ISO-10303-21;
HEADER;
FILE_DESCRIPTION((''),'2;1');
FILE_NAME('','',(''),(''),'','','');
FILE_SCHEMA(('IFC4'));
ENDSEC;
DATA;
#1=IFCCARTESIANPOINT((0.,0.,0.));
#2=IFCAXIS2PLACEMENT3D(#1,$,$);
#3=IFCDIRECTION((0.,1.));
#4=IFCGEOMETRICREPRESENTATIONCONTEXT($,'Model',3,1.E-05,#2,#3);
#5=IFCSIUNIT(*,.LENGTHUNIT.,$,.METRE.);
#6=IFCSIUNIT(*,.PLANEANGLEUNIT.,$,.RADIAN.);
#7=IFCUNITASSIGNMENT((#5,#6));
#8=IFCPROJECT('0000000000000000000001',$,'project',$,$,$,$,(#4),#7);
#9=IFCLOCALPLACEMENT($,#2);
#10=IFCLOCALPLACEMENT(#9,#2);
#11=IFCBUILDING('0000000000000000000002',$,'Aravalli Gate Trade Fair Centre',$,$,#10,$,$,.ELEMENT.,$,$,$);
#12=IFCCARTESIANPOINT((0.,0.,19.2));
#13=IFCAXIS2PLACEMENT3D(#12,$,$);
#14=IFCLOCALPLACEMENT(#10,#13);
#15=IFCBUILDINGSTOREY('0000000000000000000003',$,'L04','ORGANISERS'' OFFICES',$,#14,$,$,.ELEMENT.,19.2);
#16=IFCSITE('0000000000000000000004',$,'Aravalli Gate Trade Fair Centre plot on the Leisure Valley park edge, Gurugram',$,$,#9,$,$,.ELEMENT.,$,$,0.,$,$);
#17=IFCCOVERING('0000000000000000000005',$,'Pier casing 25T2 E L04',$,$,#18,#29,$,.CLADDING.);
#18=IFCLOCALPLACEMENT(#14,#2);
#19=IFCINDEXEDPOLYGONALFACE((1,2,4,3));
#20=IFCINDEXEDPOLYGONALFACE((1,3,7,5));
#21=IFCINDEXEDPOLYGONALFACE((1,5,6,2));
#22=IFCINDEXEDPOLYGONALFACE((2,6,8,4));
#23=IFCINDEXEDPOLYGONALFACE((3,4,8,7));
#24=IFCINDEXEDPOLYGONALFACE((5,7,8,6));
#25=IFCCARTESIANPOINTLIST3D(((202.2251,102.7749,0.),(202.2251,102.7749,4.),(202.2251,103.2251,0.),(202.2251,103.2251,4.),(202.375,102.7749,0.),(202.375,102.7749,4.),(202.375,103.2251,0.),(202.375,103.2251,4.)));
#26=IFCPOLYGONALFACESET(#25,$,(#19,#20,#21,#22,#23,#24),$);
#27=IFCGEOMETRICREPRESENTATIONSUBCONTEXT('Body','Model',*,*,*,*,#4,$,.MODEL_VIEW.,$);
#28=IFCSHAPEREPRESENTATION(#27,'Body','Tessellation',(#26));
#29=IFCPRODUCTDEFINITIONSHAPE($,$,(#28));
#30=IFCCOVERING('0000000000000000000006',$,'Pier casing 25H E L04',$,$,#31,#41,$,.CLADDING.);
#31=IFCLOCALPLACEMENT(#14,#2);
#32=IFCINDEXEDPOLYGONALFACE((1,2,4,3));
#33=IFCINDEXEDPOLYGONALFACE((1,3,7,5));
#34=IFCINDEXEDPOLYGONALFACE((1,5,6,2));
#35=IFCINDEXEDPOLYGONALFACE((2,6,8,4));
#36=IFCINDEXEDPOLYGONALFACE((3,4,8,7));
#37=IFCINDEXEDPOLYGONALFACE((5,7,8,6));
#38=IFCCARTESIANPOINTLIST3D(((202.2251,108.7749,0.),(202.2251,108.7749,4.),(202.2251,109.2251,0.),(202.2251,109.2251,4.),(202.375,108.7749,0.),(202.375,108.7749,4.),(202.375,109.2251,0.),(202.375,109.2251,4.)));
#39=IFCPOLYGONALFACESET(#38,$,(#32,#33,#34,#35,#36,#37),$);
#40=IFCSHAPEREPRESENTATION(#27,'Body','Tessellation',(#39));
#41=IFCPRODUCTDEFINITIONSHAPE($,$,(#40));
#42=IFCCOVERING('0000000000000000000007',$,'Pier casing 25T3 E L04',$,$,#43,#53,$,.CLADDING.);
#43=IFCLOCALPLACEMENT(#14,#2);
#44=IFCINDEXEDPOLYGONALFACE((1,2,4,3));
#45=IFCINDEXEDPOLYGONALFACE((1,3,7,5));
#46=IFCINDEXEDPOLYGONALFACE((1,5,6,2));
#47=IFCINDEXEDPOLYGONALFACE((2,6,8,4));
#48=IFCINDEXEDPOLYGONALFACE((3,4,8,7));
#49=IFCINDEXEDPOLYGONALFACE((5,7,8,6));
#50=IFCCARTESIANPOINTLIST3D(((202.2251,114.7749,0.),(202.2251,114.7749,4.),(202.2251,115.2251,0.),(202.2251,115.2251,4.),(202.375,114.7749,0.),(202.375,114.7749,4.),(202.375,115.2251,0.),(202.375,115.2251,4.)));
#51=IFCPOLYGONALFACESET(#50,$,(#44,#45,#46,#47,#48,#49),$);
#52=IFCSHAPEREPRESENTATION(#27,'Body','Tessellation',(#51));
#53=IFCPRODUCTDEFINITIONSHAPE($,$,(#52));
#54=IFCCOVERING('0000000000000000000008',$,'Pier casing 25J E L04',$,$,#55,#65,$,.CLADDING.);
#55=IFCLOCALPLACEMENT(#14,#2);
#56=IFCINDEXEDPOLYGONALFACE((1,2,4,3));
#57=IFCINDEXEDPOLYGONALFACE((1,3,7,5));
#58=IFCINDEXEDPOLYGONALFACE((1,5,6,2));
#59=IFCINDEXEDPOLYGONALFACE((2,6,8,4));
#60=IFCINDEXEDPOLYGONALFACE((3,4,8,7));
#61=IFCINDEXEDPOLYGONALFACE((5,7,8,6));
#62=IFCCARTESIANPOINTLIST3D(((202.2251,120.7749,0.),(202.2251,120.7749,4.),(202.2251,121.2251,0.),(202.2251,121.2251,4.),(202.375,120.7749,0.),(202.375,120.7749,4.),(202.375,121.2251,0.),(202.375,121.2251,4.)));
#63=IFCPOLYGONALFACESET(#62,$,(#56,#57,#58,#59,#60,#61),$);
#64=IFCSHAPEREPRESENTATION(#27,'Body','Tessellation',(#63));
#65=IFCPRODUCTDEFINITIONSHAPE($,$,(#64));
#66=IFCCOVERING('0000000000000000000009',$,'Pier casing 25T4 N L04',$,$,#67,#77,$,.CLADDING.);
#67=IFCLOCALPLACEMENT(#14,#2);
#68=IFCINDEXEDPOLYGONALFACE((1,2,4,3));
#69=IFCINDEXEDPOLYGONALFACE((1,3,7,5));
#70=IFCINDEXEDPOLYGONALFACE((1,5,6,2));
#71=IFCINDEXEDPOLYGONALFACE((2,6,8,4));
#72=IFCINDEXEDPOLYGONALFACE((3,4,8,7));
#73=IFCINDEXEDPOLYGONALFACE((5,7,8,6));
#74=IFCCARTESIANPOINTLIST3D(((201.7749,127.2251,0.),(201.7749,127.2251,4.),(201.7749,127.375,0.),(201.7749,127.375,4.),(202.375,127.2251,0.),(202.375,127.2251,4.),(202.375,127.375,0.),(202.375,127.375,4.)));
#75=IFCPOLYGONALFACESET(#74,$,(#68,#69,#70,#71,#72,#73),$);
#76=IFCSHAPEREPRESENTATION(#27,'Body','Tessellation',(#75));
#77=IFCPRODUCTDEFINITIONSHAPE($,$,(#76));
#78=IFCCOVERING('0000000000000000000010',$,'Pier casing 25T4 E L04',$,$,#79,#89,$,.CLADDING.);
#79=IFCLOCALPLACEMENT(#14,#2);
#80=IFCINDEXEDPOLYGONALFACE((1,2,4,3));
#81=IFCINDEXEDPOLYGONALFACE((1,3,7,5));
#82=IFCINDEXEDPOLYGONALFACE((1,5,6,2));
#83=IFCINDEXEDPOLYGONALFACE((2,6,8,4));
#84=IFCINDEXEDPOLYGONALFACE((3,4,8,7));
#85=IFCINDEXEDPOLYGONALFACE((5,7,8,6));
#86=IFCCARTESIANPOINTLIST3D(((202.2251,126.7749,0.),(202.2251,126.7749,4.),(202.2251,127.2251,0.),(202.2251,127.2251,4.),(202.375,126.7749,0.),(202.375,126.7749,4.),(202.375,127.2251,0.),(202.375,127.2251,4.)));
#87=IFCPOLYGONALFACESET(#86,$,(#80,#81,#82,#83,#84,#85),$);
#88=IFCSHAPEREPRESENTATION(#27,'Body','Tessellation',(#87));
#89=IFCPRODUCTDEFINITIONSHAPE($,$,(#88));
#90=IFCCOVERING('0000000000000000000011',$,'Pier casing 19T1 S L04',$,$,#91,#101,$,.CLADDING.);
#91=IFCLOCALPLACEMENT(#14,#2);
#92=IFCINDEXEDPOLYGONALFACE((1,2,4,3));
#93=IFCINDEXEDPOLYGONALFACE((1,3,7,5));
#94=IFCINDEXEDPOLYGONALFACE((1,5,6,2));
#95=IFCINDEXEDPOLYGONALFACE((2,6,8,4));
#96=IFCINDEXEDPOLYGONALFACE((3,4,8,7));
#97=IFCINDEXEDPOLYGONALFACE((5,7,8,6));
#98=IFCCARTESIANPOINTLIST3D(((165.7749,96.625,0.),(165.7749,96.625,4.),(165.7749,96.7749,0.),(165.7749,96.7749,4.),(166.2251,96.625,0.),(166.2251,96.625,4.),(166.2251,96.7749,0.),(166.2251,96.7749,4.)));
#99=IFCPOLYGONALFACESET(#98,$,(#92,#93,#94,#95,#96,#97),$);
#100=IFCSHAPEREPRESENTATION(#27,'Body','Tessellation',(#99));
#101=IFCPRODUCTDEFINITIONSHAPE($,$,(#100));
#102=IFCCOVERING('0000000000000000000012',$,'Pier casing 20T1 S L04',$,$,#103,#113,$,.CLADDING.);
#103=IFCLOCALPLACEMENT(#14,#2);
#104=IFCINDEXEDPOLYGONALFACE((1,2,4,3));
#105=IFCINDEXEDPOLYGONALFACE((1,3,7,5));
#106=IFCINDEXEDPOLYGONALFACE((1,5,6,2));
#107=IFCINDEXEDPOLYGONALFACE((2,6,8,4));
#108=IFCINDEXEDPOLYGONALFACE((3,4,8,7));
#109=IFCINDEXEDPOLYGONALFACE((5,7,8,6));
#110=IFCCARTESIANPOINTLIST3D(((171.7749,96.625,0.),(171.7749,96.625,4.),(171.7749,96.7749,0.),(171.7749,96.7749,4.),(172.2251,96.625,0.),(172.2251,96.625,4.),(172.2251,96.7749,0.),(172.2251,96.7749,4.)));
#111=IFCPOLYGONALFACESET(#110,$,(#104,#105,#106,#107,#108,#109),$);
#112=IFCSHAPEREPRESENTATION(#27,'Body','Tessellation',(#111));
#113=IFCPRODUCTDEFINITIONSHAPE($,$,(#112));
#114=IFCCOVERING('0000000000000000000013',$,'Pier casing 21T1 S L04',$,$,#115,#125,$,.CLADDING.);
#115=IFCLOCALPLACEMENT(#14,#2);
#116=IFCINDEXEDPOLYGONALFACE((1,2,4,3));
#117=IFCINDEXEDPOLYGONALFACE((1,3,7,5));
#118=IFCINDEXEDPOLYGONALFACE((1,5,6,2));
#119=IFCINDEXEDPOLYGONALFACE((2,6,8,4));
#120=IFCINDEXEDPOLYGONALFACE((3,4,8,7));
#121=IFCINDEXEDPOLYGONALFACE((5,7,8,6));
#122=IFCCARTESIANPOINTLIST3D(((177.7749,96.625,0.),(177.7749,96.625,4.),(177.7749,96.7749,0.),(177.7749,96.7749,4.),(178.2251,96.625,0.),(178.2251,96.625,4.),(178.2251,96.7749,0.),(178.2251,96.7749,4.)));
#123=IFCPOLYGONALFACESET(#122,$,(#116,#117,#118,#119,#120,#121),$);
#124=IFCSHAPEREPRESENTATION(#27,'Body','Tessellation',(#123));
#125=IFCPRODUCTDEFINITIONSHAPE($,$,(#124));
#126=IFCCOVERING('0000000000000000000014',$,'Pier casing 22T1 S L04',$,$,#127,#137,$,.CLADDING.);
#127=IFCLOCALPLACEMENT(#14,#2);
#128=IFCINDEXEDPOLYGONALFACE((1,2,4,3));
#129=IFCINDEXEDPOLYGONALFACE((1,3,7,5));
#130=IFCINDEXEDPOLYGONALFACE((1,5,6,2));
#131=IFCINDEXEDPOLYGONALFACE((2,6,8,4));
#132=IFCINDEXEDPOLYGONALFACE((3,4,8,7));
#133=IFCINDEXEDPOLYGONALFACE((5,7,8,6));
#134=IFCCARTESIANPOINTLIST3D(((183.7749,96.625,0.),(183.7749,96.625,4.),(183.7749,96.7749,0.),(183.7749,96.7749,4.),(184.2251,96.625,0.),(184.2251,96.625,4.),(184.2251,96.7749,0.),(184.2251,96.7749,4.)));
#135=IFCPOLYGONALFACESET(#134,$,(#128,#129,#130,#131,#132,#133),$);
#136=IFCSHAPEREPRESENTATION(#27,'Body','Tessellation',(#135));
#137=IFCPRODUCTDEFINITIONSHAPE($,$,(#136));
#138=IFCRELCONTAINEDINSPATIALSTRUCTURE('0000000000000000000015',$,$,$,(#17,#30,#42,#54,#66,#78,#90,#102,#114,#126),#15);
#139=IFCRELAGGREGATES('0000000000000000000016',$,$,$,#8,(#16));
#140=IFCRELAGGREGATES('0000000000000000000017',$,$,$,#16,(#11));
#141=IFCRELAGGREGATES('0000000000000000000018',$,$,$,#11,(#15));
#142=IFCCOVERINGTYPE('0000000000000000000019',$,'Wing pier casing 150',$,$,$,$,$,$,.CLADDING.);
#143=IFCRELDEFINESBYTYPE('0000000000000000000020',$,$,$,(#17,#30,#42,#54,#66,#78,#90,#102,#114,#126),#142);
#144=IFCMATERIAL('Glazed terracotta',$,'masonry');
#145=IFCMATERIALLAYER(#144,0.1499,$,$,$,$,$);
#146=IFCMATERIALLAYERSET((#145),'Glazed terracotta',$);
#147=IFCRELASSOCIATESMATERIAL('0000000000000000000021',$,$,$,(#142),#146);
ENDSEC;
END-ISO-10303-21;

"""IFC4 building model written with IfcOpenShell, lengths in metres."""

from ifc_helpers import new_model, si_unit, direction, frame, origin, place, context, subcontext, project, spatial, polyline, outline, extrude, material, layer, layer_set, type_object, element, save


model = new_model("IFC4")

# Units and contexts
model_context = context("Model", 3, precision=1e-05, world=origin(), true_north=direction((0.0, 1.0)))
body_context = subcontext(model_context, "Body", "Model", "MODEL_VIEW")
ifc_project = project(units=[si_unit("LENGTHUNIT", "METRE"), si_unit("PLANEANGLEUNIT", "RADIAN")], contexts=[model_context])

# Site, building, storey
site_placement = place(None, origin())
site = spatial("IfcSite", under=ifc_project, at=site_placement, Name="Aravalli Gate Trade Fair Centre plot on the Leisure Valley park edge, Gurugram", CompositionType="ELEMENT", RefElevation=0.0)
building_placement = place(site_placement, origin())
building = spatial("IfcBuilding", under=site, at=building_placement, Name="Aravalli Gate Trade Fair Centre", CompositionType="ELEMENT")
storey_placement = place(building_placement, frame((0.0, 0.0, 19.2)))
storey = spatial("IfcBuildingStorey", under=building, at=storey_placement, Name="L04", Description="ORGANISERS' OFFICES", CompositionType="ELEMENT", Elevation=19.2)

# Coverings
ifc_material_1 = material(Name="Glazed terracotta", Category="masonry")
ifc_layer_1 = layer(ifc_material_1, 0.1499)
ifc_layer_set_1 = layer_set([ifc_layer_1], Name="Glazed terracotta")
covering_type_1 = type_object("IfcCoveringType", Name="Wing pier casing 150", PredefinedType="CLADDING", material=ifc_layer_set_1)
covering_1_placement = place(storey_placement, origin())
element("IfcCovering", 1, at=covering_1_placement, inside=storey, type_object=covering_type_1, Name="Pier casing 25T2 E L04", PredefinedType="CLADDING", context=body_context, shape_type="SweptSolid", body=[
    extrude(outline(polyline([(202.2251, 102.7749), (202.375, 102.7749), (202.375, 103.2251), (202.2251, 103.2251), (202.2251, 102.7749)])), origin(), (0.0, 0.0, 1.0), 4.0),
])
covering_2_placement = place(storey_placement, origin())
element("IfcCovering", 2, at=covering_2_placement, inside=storey, type_object=covering_type_1, Name="Pier casing 25H E L04", PredefinedType="CLADDING", context=body_context, shape_type="SweptSolid", body=[
    extrude(outline(polyline([(202.2251, 108.7749), (202.375, 108.7749), (202.375, 109.2251), (202.2251, 109.2251), (202.2251, 108.7749)])), origin(), (0.0, 0.0, 1.0), 4.0),
])
covering_3_placement = place(storey_placement, origin())
element("IfcCovering", 3, at=covering_3_placement, inside=storey, type_object=covering_type_1, Name="Pier casing 25T3 E L04", PredefinedType="CLADDING", context=body_context, shape_type="SweptSolid", body=[
    extrude(outline(polyline([(202.2251, 114.7749), (202.375, 114.7749), (202.375, 115.2251), (202.2251, 115.2251), (202.2251, 114.7749)])), origin(), (0.0, 0.0, 1.0), 4.0),
])
covering_4_placement = place(storey_placement, origin())
element("IfcCovering", 4, at=covering_4_placement, inside=storey, type_object=covering_type_1, Name="Pier casing 25J E L04", PredefinedType="CLADDING", context=body_context, shape_type="SweptSolid", body=[
    extrude(outline(polyline([(202.2251, 120.7749), (202.375, 120.7749), (202.375, 121.2251), (202.2251, 121.2251), (202.2251, 120.7749)])), origin(), (0.0, 0.0, 1.0), 4.0),
])
covering_5_placement = place(storey_placement, origin())
element("IfcCovering", 5, at=covering_5_placement, inside=storey, type_object=covering_type_1, Name="Pier casing 25T4 N L04", PredefinedType="CLADDING", context=body_context, shape_type="SweptSolid", body=[
    extrude(outline(polyline([(201.7749, 127.2251), (202.375, 127.2251), (202.375, 127.375), (201.7749, 127.375), (201.7749, 127.2251)])), origin(), (0.0, 0.0, 1.0), 4.0),
])
covering_6_placement = place(storey_placement, origin())
element("IfcCovering", 6, at=covering_6_placement, inside=storey, type_object=covering_type_1, Name="Pier casing 25T4 E L04", PredefinedType="CLADDING", context=body_context, shape_type="SweptSolid", body=[
    extrude(outline(polyline([(202.2251, 126.7749), (202.375, 126.7749), (202.375, 127.2251), (202.2251, 127.2251), (202.2251, 126.7749)])), origin(), (0.0, 0.0, 1.0), 4.0),
])
covering_7_placement = place(storey_placement, origin())
element("IfcCovering", 7, at=covering_7_placement, inside=storey, type_object=covering_type_1, Name="Pier casing 19T1 S L04", PredefinedType="CLADDING", context=body_context, shape_type="SweptSolid", body=[
    extrude(outline(polyline([(165.7749, 96.625), (166.2251, 96.625), (166.2251, 96.7749), (165.7749, 96.7749), (165.7749, 96.625)])), origin(), (0.0, 0.0, 1.0), 4.0),
])
covering_8_placement = place(storey_placement, origin())
element("IfcCovering", 8, at=covering_8_placement, inside=storey, type_object=covering_type_1, Name="Pier casing 20T1 S L04", PredefinedType="CLADDING", context=body_context, shape_type="SweptSolid", body=[
    extrude(outline(polyline([(171.7749, 96.625), (172.2251, 96.625), (172.2251, 96.7749), (171.7749, 96.7749), (171.7749, 96.625)])), origin(), (0.0, 0.0, 1.0), 4.0),
])
covering_9_placement = place(storey_placement, origin())
element("IfcCovering", 9, at=covering_9_placement, inside=storey, type_object=covering_type_1, Name="Pier casing 21T1 S L04", PredefinedType="CLADDING", context=body_context, shape_type="SweptSolid", body=[
    extrude(outline(polyline([(177.7749, 96.625), (178.2251, 96.625), (178.2251, 96.7749), (177.7749, 96.7749), (177.7749, 96.625)])), origin(), (0.0, 0.0, 1.0), 4.0),
])
covering_10_placement = place(storey_placement, origin())
element("IfcCovering", 10, at=covering_10_placement, inside=storey, type_object=covering_type_1, Name="Pier casing 22T1 S L04", PredefinedType="CLADDING", context=body_context, shape_type="SweptSolid", body=[
    extrude(outline(polyline([(183.7749, 96.625), (184.2251, 96.625), (184.2251, 96.7749), (183.7749, 96.7749), (183.7749, 96.625)])), origin(), (0.0, 0.0, 1.0), 4.0),
])

save(model, "model.ifc")
